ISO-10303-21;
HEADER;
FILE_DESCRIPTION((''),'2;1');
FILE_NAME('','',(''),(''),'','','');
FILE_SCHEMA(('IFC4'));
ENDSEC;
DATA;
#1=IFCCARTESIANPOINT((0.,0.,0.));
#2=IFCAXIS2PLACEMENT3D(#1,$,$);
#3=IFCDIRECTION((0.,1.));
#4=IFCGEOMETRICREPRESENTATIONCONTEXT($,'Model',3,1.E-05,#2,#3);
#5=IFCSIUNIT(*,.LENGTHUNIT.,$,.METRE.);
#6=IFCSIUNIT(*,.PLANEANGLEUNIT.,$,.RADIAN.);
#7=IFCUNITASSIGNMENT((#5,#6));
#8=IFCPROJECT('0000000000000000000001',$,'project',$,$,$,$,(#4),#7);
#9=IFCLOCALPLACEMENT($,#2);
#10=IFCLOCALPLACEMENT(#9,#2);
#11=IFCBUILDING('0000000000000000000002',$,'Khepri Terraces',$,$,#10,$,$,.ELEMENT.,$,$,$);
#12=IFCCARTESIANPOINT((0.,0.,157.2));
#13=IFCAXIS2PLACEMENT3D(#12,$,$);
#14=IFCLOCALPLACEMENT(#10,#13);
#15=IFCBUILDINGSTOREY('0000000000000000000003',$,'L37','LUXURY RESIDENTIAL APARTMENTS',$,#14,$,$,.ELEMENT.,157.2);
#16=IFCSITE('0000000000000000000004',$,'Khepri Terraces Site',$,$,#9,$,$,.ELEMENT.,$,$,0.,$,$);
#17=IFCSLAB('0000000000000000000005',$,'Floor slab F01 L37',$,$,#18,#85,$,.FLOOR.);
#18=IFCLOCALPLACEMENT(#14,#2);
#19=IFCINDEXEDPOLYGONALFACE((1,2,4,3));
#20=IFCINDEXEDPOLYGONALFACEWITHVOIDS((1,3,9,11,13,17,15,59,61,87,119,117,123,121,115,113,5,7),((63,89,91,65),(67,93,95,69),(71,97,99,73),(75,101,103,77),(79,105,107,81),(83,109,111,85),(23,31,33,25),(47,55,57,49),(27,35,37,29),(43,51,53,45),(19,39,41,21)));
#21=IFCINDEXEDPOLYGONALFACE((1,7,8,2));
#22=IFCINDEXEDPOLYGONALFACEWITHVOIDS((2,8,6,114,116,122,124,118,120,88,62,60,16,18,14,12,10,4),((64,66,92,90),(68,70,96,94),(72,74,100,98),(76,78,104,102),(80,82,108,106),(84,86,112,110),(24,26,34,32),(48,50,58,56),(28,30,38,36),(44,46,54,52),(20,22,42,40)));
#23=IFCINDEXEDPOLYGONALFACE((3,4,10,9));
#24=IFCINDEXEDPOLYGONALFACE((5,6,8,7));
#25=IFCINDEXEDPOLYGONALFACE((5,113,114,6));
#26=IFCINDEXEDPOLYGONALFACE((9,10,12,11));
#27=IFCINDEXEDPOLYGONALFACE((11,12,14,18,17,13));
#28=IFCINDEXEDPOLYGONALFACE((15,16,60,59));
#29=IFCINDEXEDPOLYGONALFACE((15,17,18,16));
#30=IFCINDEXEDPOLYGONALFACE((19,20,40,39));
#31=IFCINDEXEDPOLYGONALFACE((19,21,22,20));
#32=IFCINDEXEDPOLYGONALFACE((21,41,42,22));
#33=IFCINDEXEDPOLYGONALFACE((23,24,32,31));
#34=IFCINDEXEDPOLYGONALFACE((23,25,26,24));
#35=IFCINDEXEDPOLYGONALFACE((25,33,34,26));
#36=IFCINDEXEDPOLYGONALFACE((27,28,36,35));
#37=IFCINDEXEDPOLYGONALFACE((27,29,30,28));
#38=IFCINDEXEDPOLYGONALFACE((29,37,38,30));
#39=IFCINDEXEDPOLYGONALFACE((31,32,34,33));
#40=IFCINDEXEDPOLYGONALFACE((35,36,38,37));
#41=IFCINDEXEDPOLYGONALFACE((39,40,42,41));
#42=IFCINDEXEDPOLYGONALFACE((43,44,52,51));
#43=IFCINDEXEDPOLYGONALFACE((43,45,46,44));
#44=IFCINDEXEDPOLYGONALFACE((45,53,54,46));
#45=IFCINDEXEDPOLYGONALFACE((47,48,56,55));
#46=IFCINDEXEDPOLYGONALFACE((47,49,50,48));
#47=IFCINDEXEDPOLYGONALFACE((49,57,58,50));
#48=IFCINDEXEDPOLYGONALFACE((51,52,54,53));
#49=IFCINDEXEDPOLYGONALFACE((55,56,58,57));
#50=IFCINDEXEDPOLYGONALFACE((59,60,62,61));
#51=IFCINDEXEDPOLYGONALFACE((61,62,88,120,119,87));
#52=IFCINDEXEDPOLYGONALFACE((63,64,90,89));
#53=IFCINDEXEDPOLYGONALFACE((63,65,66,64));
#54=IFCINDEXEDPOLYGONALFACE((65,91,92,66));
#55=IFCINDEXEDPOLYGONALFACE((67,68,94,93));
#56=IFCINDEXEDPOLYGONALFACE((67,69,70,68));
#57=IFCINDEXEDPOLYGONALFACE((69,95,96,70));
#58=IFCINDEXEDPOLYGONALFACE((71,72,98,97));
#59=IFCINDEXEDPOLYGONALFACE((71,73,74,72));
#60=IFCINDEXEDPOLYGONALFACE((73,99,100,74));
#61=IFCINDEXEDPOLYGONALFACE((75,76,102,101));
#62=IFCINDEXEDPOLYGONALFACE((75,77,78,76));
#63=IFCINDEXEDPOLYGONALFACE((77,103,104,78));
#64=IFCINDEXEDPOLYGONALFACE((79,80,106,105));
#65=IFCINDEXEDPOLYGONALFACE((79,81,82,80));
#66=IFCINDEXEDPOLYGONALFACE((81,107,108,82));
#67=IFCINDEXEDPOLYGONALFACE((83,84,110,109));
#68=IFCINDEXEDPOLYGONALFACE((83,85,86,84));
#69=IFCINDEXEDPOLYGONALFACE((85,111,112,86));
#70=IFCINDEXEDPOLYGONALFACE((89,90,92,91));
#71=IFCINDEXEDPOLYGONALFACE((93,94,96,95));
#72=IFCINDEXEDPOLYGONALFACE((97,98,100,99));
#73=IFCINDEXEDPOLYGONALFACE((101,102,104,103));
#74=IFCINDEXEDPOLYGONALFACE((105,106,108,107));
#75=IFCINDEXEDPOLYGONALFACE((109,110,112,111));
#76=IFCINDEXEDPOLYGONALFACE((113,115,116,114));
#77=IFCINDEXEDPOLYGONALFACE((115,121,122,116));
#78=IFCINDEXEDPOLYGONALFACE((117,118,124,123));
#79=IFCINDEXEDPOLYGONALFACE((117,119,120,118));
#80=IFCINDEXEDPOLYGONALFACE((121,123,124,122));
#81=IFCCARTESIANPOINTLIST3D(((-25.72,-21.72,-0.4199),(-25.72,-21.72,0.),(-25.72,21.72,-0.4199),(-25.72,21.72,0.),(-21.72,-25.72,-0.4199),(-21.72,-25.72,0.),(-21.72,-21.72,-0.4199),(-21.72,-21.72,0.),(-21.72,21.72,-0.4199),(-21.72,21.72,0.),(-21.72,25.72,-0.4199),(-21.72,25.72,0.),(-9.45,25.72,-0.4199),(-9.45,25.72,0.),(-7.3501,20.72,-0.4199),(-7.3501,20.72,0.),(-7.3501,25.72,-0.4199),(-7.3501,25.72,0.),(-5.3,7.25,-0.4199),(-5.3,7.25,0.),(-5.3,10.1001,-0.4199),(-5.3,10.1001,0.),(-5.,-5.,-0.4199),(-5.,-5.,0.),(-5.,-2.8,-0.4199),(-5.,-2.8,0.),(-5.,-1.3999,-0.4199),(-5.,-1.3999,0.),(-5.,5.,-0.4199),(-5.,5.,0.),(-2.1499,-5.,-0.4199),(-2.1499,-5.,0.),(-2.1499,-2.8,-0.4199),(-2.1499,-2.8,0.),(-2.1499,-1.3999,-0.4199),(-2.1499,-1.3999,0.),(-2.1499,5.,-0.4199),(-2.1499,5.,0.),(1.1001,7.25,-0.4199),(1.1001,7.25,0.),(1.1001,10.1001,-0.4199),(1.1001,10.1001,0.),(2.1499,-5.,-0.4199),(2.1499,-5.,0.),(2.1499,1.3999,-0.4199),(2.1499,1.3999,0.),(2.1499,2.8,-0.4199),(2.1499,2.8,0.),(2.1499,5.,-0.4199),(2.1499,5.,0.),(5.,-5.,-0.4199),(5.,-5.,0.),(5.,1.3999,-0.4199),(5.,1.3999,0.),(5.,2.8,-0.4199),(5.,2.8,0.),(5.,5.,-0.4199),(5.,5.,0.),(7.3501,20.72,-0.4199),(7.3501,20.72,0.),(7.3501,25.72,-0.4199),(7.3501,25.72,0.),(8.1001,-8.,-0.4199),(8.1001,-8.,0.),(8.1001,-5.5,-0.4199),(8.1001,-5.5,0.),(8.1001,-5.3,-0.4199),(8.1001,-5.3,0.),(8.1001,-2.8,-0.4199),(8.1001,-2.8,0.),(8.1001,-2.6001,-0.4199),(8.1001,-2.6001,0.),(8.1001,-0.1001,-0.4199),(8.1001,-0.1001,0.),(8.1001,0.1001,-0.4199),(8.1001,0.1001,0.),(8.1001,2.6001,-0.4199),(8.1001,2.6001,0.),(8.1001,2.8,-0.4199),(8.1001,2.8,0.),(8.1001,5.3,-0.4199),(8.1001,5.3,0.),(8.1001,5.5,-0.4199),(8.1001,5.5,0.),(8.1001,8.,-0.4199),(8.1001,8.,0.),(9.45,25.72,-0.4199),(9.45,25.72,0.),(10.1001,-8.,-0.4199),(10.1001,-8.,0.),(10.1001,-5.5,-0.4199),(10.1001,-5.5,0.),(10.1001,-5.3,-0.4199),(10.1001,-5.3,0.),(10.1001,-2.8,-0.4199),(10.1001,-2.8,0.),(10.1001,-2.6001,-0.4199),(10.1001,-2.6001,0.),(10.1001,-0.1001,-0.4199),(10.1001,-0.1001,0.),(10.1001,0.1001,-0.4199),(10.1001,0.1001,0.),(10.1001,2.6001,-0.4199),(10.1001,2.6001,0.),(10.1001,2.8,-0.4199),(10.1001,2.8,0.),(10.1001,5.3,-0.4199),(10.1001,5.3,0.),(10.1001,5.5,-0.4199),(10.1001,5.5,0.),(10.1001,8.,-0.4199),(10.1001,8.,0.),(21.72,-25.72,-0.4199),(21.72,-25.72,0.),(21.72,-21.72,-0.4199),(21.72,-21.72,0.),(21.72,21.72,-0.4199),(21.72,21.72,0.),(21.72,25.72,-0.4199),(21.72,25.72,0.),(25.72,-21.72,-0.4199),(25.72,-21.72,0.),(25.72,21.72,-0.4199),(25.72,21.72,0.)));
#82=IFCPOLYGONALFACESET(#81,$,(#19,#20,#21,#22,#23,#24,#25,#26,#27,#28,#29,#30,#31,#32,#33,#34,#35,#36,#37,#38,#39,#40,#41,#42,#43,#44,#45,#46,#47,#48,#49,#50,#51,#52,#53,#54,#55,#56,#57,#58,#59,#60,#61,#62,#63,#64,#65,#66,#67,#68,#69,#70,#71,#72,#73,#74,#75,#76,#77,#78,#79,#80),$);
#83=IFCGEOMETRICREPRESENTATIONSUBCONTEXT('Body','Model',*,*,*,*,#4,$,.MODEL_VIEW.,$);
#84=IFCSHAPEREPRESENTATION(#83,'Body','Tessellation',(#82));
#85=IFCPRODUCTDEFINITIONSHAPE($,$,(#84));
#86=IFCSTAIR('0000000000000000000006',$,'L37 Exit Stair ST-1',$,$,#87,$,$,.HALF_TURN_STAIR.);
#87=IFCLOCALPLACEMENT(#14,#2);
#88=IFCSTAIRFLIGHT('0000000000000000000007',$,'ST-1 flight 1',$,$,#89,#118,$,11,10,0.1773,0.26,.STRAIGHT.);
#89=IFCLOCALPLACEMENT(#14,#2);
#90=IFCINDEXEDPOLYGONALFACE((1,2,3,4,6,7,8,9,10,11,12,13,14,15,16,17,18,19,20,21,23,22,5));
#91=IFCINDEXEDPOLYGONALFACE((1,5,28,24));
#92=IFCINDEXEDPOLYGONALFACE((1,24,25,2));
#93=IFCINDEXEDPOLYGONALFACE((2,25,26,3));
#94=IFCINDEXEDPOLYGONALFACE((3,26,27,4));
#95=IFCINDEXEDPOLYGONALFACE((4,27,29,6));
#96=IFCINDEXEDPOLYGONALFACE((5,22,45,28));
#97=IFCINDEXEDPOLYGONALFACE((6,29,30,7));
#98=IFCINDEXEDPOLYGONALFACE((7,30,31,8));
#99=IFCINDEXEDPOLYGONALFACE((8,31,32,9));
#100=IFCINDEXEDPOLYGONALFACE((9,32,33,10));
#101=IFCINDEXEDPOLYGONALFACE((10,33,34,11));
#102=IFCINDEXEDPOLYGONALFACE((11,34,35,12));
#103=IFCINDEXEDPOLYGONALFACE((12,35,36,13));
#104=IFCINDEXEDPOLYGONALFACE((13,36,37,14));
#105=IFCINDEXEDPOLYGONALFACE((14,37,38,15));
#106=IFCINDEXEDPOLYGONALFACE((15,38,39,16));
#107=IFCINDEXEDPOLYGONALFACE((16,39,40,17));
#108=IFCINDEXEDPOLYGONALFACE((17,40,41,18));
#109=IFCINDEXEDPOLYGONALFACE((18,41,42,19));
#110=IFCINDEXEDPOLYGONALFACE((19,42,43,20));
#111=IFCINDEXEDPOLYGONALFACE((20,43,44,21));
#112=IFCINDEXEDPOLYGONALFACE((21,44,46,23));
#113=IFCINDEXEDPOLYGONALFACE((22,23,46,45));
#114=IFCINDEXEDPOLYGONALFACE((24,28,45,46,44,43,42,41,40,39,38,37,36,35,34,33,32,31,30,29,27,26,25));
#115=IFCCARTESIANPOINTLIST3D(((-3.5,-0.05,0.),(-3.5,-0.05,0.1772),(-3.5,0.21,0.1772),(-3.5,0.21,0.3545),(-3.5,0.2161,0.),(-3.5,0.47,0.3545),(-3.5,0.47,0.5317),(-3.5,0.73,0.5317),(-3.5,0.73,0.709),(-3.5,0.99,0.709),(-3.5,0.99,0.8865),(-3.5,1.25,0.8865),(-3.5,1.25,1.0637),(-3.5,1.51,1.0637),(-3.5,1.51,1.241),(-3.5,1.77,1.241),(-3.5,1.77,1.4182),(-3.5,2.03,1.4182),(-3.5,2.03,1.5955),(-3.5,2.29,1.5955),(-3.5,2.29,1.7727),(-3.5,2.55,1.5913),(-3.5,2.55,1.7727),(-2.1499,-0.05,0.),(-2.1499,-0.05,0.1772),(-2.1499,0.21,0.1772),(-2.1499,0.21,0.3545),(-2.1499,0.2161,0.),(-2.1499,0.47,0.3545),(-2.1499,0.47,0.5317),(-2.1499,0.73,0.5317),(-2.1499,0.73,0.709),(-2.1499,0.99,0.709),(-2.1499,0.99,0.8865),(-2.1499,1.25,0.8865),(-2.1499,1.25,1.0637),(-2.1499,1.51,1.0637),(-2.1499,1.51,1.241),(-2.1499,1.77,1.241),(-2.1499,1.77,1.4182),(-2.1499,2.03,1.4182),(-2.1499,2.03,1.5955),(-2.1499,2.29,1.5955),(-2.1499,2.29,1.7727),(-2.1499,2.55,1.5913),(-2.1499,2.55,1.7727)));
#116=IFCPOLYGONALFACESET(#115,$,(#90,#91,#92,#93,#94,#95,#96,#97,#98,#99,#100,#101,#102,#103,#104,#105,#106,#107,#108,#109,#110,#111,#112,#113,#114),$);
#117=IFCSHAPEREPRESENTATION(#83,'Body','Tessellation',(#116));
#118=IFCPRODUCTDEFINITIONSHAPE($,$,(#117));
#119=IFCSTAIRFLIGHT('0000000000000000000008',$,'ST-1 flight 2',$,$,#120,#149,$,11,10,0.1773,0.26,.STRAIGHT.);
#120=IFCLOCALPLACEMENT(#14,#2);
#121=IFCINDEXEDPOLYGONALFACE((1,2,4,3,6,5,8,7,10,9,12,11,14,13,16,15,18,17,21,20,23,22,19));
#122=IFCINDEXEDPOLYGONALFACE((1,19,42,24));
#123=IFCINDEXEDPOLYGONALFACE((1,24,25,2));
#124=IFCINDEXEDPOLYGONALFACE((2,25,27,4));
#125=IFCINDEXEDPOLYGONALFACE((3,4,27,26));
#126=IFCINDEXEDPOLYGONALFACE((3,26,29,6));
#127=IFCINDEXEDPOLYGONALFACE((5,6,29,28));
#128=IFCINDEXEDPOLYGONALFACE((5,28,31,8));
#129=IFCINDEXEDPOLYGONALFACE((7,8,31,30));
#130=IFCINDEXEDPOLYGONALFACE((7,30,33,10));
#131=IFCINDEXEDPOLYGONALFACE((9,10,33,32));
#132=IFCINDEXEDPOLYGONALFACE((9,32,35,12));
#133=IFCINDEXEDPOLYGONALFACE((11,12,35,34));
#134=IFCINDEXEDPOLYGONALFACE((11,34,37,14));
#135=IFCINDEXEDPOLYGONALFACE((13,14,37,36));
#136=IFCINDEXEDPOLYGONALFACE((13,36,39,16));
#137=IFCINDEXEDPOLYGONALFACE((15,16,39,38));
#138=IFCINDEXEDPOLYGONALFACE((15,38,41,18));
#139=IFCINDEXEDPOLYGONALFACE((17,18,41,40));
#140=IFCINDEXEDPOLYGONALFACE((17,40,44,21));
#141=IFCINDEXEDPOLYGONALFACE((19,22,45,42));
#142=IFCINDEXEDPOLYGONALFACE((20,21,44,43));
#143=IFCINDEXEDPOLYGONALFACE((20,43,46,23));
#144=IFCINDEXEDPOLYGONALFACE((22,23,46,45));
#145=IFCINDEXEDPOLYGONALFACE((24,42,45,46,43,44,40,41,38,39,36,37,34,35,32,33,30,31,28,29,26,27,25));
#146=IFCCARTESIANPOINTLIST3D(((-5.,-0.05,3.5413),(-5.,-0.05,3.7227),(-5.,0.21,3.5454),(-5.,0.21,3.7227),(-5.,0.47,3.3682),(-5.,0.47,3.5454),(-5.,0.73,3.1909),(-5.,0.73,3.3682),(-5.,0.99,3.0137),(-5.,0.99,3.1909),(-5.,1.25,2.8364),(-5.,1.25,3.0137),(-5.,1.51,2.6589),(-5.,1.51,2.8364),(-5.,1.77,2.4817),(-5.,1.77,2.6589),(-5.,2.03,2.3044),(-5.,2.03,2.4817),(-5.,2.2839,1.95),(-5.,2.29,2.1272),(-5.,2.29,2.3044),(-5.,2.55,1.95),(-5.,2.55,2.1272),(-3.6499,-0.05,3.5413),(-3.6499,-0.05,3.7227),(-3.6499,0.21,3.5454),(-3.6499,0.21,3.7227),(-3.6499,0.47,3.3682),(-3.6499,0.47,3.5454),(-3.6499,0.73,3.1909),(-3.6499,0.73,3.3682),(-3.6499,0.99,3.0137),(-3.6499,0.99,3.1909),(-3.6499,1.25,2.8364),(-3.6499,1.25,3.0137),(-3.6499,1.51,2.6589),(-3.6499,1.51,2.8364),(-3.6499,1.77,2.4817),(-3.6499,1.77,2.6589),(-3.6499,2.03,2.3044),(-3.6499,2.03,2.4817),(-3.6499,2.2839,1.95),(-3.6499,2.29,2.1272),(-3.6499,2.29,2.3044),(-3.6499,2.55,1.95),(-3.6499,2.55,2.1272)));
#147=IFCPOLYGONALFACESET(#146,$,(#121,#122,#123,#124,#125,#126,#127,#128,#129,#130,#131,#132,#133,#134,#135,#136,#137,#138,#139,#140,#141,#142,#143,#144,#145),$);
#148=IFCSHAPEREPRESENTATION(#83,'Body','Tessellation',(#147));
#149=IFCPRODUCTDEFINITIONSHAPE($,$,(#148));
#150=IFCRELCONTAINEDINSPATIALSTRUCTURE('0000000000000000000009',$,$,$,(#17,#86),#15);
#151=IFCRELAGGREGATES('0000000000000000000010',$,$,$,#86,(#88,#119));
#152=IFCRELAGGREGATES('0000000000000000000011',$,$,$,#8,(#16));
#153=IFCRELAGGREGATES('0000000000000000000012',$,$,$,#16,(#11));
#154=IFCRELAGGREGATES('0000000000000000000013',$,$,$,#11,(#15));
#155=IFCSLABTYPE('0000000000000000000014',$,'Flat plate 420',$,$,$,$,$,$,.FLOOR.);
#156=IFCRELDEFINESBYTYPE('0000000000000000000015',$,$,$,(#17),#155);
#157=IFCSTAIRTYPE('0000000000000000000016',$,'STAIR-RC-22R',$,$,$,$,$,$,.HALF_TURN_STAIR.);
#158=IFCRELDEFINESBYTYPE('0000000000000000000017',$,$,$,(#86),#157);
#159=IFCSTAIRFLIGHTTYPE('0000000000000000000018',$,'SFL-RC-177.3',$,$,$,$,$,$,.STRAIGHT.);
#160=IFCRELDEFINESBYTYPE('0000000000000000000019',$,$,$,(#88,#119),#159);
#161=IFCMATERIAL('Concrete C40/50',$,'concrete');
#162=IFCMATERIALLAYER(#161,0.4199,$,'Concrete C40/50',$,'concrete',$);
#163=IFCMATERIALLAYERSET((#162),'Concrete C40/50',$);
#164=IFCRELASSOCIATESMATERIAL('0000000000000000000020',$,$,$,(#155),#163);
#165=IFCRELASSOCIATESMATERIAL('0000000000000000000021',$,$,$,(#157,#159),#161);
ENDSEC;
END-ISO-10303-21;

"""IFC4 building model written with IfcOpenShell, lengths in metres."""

from ifc_helpers import new_model, si_unit, direction, frame, origin, place, context, subcontext, project, spatial, polyline, outline, extrude, material, layer, layer_set, type_object, element, aggregate, save


model = new_model("IFC4")

# Units and contexts
model_context = context("Model", 3, precision=1e-05, world=origin(), true_north=direction((0.0, 1.0)))
body_context = subcontext(model_context, "Body", "Model", "MODEL_VIEW")
ifc_project = project(units=[si_unit("LENGTHUNIT", "METRE"), si_unit("PLANEANGLEUNIT", "RADIAN")], contexts=[model_context])

# Site, building, storey
site_placement = place(None, origin())
site = spatial("IfcSite", under=ifc_project, at=site_placement, Name="Khepri Terraces Site", CompositionType="ELEMENT", RefElevation=0.0)
building_placement = place(site_placement, origin())
building = spatial("IfcBuilding", under=site, at=building_placement, Name="Khepri Terraces", CompositionType="ELEMENT")
storey_placement = place(building_placement, frame((0.0, 0.0, 157.2)))
storey = spatial("IfcBuildingStorey", under=building, at=storey_placement, Name="L37", Description="LUXURY RESIDENTIAL APARTMENTS", CompositionType="ELEMENT", Elevation=157.2)

# Slab
ifc_material_1 = material(Name="Concrete C40/50", Category="concrete")
ifc_layer = layer(ifc_material_1, 0.4199, Name="Concrete C40/50", Category="concrete")
ifc_layer_set = layer_set([ifc_layer], Name="Concrete C40/50")
slab_type = type_object("IfcSlabType", Name="Flat plate 420", PredefinedType="FLOOR", material=ifc_layer_set)
slab_placement = place(storey_placement, frame((0.0, 0.0, -0.4199)))
element("IfcSlab", 1, at=slab_placement, inside=storey, type_object=slab_type, Name="Floor slab F01 L37", PredefinedType="FLOOR", context=body_context, shape_type="SweptSolid", body=[
    extrude(outline(polyline([(7.3501, 25.72), (9.45, 25.72), (21.72, 25.72), (21.72, 21.72), (25.72, 21.72), (25.72, -21.72), (21.72, -21.72), (21.72, -25.72), (-21.72, -25.72), (-21.72, -21.72), (-25.72, -21.72), (-25.72, 21.72), (-21.72, 21.72), (-21.72, 25.72), (-9.45, 25.72), (-7.3501, 25.72), (-7.3501, 20.72), (7.3501, 20.72), (7.3501, 25.72)]), holes=[polyline([(2.1499, 2.8), (5.0, 2.8), (5.0, 5.0), (2.1499, 5.0), (2.1499, 2.8)]), polyline([(-5.0, -2.8), (-5.0, -5.0), (-2.1499, -5.0), (-2.1499, -2.8), (-5.0, -2.8)]), polyline([(10.1001, -5.5), (8.1001, -5.5), (8.1001, -8.0), (10.1001, -8.0), (10.1001, -5.5)]), polyline([(10.1001, -5.3), (10.1001, -2.8), (8.1001, -2.8), (8.1001, -5.3), (10.1001, -5.3)]), polyline([(8.1001, -2.6001), (10.1001, -2.6001), (10.1001, -0.1001), (8.1001, -0.1001), (8.1001, -2.6001)]), polyline([(8.1001, 2.6001), (8.1001, 0.1001), (10.1001, 0.1001), (10.1001, 2.6001), (8.1001, 2.6001)]), polyline([(10.1001, 5.3), (8.1001, 5.3), (8.1001, 2.8), (10.1001, 2.8), (10.1001, 5.3)]), polyline([(10.1001, 5.5), (10.1001, 8.0), (8.1001, 8.0), (8.1001, 5.5), (10.1001, 5.5)]), polyline([(-5.0, -1.3999), (-2.1499, -1.3999), (-2.1499, 5.0), (-5.0, 5.0), (-5.0, -1.3999)]), polyline([(5.0, -5.0), (5.0, 1.3999), (2.1499, 1.3999), (2.1499, -5.0), (5.0, -5.0)]), polyline([(-5.3, 10.1001), (-5.3, 7.25), (1.1001, 7.25), (1.1001, 10.1001), (-5.3, 10.1001)])]), origin(), (0.0, 0.0, 1.0), 0.4199),
])

# Stair, stair flights
stair_type = type_object("IfcStairType", Name="STAIR-RC-22R", PredefinedType="HALF_TURN_STAIR", material=ifc_material_1)
stair_1_placement = place(storey_placement, origin())
stair_1 = element("IfcStair", 2, at=stair_1_placement, inside=storey, type_object=stair_type, Name="L37 Exit Stair ST-1", PredefinedType="HALF_TURN_STAIR")
stair_flight_type = type_object("IfcStairFlightType", Name="SFL-RC-177.3", PredefinedType="STRAIGHT", material=ifc_material_1)
stair_flight_1_placement = place(storey_placement, frame((-2.825, -0.05, 0.0), z_axis=(0.0, 0.0, 1.0), x_axis=(0.0, 1.0, 0.0)))
stair_flight_1 = element("IfcStairFlight", 3, at=stair_flight_1_placement, type_object=stair_flight_type, Name="ST-1 flight 1", NumberOfRisers=11, NumberOfTreads=10, PredefinedType="STRAIGHT", RiserHeight=0.1773, TreadLength=0.26, context=body_context, shape_type="SweptSolid", body=[
    extrude(outline(polyline([(0.0, 0.0), (0.0, 0.1772), (0.26, 0.1772), (0.26, 0.3545), (0.52, 0.3545), (0.52, 0.5317), (0.78, 0.5317), (0.78, 0.709), (1.04, 0.709), (1.04, 0.8865), (1.3, 0.8865), (1.3, 1.0637), (1.5601, 1.0637), (1.5601, 1.241), (1.8201, 1.241), (1.8201, 1.4182), (2.0801, 1.4182), (2.0801, 1.5955), (2.3401, 1.5955), (2.3401, 1.7727), (2.6001, 1.7727), (2.6001, 1.95), (2.6001, 1.5913), (0.2661, 0.0), (0.0, 0.0)])), frame((0.0, 0.675, 0.0), z_axis=(0.0, -1.0, 0.0), x_axis=(1.0, 0.0, 0.0)), (0.0, 0.0, 1.0), 1.3501),
])
stair_flight_2_placement = place(storey_placement, frame((-4.325, 2.55, 1.95), z_axis=(0.0, 0.0, 1.0), x_axis=(0.0, -1.0, 0.0)))
stair_flight_2 = element("IfcStairFlight", 4, at=stair_flight_2_placement, type_object=stair_flight_type, Name="ST-1 flight 2", NumberOfRisers=11, NumberOfTreads=10, PredefinedType="STRAIGHT", RiserHeight=0.1773, TreadLength=0.26, context=body_context, shape_type="SweptSolid", body=[
    extrude(outline(polyline([(0.0, 0.0), (0.0, 0.1772), (0.26, 0.1772), (0.26, 0.3545), (0.52, 0.3545), (0.52, 0.5317), (0.78, 0.5317), (0.78, 0.709), (1.04, 0.709), (1.04, 0.8865), (1.3, 0.8865), (1.3, 1.0637), (1.5601, 1.0637), (1.5601, 1.241), (1.8201, 1.241), (1.8201, 1.4182), (2.0801, 1.4182), (2.0801, 1.5955), (2.3401, 1.5955), (2.3401, 1.7727), (2.6001, 1.7727), (2.6001, 1.95), (2.6001, 1.5913), (0.2661, 0.0), (0.0, 0.0)])), frame((0.0, 0.675, 0.0), z_axis=(0.0, -1.0, 0.0), x_axis=(1.0, 0.0, 0.0)), (0.0, 0.0, 1.0), 1.3501),
])
aggregate(stair_1, [stair_flight_1, stair_flight_2])

save(model, "model.ifc")
